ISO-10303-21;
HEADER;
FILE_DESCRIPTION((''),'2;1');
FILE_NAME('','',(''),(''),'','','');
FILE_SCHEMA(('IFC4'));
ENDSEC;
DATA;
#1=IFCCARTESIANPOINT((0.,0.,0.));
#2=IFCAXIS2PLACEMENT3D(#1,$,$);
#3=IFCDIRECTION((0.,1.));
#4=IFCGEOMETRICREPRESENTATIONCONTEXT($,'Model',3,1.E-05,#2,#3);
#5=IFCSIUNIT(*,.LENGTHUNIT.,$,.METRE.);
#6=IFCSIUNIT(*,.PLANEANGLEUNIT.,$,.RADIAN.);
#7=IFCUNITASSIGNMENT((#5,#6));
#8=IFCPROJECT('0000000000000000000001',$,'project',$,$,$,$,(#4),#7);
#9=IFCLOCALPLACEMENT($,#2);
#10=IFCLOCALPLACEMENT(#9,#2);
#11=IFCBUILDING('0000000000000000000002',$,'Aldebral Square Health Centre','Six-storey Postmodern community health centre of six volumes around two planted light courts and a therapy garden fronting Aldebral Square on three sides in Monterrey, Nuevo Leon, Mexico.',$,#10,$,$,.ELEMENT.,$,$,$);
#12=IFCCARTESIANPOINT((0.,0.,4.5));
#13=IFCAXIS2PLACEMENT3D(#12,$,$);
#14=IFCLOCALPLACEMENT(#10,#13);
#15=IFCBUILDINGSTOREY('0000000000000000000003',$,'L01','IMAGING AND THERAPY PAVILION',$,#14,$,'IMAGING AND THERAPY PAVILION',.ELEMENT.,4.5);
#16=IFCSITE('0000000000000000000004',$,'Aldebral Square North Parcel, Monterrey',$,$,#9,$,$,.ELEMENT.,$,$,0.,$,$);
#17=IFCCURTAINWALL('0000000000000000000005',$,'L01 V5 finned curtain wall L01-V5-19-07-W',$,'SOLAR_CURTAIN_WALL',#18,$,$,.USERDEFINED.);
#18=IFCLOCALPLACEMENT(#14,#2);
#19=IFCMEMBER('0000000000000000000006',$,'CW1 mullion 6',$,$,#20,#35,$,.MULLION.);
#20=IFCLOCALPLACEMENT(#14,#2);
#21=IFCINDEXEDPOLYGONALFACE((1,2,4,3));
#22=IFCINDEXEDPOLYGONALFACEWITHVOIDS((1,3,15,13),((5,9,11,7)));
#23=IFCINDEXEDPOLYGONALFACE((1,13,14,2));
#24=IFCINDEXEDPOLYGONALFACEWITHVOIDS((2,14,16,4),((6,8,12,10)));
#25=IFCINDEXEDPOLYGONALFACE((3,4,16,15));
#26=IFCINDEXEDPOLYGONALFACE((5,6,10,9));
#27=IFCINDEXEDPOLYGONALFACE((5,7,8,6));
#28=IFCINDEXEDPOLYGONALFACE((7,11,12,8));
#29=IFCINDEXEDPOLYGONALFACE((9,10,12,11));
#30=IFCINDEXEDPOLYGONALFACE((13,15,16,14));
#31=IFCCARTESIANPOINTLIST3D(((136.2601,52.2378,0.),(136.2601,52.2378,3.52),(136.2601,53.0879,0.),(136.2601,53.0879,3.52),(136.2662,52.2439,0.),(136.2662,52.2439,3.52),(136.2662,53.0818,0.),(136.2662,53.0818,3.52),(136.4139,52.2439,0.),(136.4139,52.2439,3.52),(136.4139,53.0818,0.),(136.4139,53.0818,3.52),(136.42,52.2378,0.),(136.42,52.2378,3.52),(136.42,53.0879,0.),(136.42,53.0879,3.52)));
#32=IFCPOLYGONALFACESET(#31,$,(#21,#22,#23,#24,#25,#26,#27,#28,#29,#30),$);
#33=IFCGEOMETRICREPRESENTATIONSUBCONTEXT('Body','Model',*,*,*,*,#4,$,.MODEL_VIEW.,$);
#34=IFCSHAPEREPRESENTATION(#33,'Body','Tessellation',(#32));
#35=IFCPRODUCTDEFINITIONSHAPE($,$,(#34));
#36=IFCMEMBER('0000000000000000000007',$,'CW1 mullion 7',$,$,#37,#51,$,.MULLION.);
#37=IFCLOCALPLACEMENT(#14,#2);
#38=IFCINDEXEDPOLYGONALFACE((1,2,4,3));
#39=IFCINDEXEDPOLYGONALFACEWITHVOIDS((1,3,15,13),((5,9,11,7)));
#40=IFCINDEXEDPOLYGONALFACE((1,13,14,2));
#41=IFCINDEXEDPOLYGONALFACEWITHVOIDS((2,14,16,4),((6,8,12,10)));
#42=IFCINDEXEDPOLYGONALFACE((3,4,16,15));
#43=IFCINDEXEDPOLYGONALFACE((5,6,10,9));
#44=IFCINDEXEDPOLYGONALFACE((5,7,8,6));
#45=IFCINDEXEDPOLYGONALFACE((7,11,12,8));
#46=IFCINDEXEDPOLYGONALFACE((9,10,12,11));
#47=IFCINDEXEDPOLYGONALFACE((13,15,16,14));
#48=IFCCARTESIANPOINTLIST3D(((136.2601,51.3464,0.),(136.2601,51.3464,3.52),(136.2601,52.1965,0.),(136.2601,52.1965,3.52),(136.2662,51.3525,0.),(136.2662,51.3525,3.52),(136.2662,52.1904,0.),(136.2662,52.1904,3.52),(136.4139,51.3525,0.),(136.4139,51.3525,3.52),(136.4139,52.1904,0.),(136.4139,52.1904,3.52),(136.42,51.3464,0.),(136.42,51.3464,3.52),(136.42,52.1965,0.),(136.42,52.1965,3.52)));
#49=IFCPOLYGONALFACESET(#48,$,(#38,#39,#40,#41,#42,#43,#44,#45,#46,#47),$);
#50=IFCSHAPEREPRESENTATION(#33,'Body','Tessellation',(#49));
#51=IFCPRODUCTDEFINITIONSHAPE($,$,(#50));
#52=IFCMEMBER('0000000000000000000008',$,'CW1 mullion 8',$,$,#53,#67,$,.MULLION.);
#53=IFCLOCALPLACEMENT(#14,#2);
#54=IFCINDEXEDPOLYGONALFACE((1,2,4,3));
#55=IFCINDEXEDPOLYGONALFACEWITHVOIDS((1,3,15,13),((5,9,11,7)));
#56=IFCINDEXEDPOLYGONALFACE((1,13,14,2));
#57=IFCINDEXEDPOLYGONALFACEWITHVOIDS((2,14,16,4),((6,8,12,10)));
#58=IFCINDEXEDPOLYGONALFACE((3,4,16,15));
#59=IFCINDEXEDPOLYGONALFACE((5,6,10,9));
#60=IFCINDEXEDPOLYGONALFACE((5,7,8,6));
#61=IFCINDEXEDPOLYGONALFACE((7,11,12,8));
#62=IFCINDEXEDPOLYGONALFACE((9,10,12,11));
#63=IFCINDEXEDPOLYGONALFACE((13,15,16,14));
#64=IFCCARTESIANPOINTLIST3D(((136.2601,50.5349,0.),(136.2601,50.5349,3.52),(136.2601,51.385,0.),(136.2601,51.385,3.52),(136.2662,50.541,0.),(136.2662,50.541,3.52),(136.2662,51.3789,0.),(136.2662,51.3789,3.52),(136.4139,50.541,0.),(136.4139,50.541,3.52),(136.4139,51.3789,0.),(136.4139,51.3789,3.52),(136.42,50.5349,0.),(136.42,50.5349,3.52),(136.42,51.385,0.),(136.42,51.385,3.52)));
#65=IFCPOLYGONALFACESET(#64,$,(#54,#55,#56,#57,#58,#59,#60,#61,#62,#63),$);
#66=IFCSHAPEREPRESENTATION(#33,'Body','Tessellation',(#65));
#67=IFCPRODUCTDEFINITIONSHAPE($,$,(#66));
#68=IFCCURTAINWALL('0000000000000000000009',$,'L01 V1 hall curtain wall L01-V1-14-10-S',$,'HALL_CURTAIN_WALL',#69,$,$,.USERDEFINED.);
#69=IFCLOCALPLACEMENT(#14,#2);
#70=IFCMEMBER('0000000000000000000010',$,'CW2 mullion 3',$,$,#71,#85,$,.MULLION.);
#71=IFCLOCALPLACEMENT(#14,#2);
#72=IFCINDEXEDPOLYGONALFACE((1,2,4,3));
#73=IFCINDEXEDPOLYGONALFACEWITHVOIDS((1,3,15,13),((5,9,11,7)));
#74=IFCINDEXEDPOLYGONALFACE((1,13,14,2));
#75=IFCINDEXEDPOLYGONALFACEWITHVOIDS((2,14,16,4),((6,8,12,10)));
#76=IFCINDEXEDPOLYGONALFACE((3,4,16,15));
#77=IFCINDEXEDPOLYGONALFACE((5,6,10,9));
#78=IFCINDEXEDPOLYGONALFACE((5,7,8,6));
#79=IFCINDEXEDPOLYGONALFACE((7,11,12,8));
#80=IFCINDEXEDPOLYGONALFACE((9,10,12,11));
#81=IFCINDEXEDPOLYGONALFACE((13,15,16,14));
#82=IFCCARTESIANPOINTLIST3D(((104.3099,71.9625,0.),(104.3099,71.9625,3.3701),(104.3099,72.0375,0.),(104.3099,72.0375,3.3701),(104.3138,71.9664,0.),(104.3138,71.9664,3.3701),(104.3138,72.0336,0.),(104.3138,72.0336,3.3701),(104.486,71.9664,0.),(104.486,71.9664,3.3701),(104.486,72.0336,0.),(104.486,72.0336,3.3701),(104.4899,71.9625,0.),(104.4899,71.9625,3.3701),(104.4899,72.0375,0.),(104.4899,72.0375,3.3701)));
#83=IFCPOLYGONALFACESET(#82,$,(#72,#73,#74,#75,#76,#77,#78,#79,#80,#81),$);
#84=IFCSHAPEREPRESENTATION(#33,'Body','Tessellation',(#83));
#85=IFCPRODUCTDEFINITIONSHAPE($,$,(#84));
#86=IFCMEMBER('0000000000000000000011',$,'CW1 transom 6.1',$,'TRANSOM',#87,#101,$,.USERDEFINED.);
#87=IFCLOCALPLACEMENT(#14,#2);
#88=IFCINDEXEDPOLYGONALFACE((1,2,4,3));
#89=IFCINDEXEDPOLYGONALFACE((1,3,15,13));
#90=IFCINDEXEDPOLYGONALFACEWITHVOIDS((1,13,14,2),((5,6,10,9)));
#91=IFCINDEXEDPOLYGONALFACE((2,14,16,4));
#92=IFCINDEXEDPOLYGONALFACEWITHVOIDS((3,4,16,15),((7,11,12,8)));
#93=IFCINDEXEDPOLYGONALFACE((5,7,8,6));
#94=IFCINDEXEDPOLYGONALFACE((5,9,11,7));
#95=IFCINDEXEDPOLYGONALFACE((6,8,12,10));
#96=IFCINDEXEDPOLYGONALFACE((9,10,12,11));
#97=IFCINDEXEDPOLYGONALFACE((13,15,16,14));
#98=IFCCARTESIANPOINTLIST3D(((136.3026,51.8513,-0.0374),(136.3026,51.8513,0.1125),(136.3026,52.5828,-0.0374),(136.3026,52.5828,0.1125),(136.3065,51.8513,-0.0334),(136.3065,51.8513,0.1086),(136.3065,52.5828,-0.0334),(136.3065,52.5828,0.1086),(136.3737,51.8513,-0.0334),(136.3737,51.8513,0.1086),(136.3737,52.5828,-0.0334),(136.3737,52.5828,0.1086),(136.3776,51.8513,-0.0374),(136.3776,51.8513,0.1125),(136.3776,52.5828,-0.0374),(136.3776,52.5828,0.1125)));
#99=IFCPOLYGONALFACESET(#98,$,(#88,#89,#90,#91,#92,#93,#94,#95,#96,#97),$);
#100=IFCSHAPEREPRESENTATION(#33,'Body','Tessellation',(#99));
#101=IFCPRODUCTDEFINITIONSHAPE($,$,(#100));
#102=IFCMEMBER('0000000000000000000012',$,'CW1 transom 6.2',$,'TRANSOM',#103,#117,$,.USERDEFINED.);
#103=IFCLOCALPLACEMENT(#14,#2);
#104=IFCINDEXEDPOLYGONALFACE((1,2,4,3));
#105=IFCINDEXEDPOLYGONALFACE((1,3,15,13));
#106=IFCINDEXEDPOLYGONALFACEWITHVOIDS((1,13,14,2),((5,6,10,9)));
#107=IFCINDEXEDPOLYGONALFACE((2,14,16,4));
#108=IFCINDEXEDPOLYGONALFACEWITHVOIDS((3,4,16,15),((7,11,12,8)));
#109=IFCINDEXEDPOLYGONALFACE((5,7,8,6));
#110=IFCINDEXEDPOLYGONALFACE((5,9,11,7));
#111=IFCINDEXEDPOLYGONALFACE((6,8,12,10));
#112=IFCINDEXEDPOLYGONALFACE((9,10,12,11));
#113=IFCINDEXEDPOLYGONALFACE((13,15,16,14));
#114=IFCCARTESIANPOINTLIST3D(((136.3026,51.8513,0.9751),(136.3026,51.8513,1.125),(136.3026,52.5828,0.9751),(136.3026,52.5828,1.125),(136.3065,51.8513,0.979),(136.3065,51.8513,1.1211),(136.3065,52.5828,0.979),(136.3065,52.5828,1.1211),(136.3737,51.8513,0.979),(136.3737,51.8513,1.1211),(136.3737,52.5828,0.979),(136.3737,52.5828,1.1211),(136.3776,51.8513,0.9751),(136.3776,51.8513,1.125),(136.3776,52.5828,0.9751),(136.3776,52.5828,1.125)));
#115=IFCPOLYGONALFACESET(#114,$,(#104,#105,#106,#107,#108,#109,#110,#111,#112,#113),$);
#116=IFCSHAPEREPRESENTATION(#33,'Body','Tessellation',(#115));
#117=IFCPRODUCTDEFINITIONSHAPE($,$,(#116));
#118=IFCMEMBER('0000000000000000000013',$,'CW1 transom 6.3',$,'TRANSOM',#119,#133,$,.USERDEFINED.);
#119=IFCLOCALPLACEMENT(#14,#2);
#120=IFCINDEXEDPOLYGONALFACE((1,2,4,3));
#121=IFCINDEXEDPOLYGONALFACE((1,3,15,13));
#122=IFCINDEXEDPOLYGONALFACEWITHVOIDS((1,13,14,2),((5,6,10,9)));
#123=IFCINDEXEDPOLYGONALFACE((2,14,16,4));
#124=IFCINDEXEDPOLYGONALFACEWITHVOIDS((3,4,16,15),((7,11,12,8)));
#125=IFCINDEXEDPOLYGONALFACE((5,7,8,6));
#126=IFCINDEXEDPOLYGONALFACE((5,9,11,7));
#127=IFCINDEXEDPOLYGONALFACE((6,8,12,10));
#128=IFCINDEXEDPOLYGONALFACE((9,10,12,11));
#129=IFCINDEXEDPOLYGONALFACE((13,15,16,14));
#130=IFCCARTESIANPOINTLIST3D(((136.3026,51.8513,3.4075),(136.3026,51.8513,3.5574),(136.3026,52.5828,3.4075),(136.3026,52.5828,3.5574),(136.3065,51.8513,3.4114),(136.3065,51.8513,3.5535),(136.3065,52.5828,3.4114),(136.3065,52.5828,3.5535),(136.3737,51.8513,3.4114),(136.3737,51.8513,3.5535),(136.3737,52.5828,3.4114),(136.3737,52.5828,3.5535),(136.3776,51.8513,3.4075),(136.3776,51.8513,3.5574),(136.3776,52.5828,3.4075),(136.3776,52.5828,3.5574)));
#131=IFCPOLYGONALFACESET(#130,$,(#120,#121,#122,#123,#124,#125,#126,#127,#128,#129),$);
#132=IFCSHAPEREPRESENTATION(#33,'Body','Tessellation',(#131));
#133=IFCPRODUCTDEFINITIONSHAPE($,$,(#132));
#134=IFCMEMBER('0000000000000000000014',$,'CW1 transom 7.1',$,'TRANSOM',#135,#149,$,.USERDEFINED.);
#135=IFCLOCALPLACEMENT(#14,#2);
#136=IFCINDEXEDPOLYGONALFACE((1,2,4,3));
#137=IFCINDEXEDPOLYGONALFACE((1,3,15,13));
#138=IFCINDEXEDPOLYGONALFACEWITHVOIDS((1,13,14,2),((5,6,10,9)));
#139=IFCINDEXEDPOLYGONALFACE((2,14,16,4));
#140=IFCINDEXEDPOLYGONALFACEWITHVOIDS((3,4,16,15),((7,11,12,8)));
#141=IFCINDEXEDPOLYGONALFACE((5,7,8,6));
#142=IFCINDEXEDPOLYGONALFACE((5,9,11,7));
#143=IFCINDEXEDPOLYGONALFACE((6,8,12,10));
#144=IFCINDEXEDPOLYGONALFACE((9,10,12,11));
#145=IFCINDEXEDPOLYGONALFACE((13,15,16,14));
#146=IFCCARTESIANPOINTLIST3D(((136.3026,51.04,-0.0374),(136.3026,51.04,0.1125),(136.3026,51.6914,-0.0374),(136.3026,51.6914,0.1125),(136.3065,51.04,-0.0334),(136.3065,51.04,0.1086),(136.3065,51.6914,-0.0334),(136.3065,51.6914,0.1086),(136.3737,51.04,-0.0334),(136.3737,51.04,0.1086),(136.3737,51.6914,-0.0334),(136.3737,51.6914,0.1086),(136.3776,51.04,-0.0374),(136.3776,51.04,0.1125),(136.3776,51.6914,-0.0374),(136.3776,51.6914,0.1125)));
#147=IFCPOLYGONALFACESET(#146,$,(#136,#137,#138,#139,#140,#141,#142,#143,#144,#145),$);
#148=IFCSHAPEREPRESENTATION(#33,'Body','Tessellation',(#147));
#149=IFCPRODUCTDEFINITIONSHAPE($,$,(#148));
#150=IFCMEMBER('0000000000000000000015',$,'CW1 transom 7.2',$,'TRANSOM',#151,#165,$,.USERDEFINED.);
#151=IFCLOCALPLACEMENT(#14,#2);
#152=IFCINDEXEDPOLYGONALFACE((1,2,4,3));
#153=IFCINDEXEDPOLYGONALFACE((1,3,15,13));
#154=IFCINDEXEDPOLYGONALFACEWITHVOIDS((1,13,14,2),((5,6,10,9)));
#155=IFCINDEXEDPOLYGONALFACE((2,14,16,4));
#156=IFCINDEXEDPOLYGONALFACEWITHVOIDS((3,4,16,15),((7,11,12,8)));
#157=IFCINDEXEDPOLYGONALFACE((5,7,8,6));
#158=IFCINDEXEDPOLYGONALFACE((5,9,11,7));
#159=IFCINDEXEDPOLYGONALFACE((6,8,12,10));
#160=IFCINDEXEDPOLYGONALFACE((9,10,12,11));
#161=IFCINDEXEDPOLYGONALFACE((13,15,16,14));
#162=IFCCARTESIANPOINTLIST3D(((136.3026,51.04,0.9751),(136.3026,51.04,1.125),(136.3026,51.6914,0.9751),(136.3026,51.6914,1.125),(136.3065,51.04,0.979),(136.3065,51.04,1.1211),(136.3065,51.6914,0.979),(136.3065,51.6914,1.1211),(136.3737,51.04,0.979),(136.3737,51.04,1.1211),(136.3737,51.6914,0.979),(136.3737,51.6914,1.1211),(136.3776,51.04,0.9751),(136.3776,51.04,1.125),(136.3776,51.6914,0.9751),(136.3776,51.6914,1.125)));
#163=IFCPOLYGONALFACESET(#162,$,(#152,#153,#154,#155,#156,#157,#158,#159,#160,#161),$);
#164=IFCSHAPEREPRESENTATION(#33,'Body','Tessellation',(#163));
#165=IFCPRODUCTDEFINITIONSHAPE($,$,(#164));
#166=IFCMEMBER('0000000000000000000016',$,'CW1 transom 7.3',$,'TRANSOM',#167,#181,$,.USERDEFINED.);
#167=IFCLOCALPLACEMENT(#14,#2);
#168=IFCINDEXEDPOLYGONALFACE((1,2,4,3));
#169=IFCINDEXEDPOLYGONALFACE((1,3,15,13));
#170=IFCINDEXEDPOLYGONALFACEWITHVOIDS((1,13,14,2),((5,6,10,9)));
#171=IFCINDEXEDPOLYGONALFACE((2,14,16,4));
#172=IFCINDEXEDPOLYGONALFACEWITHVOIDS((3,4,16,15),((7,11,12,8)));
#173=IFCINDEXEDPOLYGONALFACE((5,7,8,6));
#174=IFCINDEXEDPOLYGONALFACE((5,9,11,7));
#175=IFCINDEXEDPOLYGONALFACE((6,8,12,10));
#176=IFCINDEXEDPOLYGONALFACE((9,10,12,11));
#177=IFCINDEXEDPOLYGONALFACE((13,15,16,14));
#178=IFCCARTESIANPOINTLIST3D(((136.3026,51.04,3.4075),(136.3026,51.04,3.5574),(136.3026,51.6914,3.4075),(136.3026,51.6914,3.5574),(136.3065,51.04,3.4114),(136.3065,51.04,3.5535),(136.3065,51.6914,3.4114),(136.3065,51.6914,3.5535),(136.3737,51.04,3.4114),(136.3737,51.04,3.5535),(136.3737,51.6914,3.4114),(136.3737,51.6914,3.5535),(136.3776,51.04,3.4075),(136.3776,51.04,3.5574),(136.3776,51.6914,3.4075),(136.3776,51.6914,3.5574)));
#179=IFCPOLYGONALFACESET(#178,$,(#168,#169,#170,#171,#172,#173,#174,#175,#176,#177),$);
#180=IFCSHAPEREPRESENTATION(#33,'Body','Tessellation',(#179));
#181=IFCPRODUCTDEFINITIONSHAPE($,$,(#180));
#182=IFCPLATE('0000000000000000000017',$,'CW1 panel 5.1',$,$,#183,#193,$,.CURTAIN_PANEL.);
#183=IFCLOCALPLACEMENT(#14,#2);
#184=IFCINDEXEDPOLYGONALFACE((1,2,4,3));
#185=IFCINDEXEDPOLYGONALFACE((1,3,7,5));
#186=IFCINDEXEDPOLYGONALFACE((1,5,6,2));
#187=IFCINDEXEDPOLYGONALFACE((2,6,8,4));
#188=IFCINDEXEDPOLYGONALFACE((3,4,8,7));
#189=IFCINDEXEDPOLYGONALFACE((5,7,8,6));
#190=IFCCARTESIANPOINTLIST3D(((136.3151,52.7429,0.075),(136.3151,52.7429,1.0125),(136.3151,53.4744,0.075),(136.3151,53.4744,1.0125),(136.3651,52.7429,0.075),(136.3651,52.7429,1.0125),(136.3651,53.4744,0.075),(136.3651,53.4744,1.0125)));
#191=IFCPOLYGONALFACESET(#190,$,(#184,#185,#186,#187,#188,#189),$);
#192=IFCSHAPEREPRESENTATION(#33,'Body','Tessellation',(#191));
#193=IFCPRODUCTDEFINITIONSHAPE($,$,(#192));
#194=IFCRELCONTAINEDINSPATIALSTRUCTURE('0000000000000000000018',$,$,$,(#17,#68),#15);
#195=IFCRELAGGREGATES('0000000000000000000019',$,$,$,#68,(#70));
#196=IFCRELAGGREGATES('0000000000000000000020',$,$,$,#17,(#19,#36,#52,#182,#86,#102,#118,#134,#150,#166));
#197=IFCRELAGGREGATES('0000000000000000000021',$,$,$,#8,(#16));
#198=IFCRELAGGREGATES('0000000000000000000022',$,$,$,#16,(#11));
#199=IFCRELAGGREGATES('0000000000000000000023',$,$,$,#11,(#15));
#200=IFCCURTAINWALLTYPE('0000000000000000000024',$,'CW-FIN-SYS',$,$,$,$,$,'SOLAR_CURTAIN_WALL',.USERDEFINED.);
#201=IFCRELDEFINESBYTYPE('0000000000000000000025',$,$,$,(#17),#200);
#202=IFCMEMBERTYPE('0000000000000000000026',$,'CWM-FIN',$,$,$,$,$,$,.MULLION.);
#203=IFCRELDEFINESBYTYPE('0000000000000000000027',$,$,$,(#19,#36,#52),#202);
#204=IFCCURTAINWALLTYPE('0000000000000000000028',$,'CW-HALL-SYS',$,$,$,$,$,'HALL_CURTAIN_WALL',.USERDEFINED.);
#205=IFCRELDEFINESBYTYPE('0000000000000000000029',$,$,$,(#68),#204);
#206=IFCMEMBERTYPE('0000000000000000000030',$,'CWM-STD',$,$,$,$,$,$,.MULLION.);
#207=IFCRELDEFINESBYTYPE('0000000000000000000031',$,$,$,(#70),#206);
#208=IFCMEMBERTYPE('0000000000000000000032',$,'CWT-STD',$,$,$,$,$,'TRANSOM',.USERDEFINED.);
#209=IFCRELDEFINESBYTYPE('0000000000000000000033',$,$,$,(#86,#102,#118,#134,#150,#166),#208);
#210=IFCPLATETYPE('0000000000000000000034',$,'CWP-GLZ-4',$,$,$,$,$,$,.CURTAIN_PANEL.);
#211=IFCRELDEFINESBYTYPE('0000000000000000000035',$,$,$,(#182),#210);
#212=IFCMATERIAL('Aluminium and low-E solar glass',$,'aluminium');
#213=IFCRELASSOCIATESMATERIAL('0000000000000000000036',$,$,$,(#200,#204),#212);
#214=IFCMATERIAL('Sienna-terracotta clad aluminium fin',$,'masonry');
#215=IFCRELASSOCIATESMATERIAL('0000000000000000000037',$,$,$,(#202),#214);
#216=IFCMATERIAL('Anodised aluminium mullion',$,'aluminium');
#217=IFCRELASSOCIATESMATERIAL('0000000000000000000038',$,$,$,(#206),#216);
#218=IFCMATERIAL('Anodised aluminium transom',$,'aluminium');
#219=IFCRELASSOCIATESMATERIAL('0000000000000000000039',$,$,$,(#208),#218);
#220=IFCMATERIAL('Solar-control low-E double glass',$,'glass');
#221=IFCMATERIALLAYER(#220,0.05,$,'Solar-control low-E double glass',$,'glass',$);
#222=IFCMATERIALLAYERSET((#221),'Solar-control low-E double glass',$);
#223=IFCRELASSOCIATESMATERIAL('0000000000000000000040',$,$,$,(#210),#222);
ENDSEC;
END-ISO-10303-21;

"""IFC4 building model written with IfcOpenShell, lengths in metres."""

from ifc_helpers import new_model, si_unit, direction, frame, origin, origin_2d, place, context, subcontext, project, spatial, rectangle, hollow_rectangle, extrude, material, layer, layer_set, material_profile, profile_set, type_object, element, aggregate, save


model = new_model("IFC4")

# Units and contexts
model_context = context("Model", 3, precision=1e-05, world=origin(), true_north=direction((0.0, 1.0)))
body_context = subcontext(model_context, "Body", "Model", "MODEL_VIEW")
ifc_project = project(units=[si_unit("LENGTHUNIT", "METRE"), si_unit("PLANEANGLEUNIT", "RADIAN")], contexts=[model_context])

# Site, building, storey
site_placement = place(None, origin())
site = spatial("IfcSite", under=ifc_project, at=site_placement, Name="Aldebral Square North Parcel, Monterrey", CompositionType="ELEMENT", RefElevation=0.0)
building_placement = place(site_placement, origin())
building = spatial("IfcBuilding", under=site, at=building_placement, Name="Aldebral Square Health Centre", Description="Six-storey Postmodern community health centre of six volumes around two planted light courts and a therapy garden fronting Aldebral Square on three sides in Monterrey, Nuevo Leon, Mexico.", CompositionType="ELEMENT")
storey_placement = place(building_placement, frame((0.0, 0.0, 4.5)))
storey = spatial("IfcBuildingStorey", under=building, at=storey_placement, Name="L01", Description="IMAGING AND THERAPY PAVILION", LongName="IMAGING AND THERAPY PAVILION", CompositionType="ELEMENT", Elevation=4.5)

# Curtain wall, members
ifc_material_1 = material(Name="Aluminium and low-E solar glass", Category="aluminium")
curtain_wall_type_1 = type_object("IfcCurtainWallType", Name="CW-FIN-SYS", ElementType="SOLAR_CURTAIN_WALL", PredefinedType="USERDEFINED", material=ifc_material_1)
curtain_wall_1_placement = place(storey_placement, origin())
curtain_wall_1 = element("IfcCurtainWall", 1, at=curtain_wall_1_placement, inside=storey, type_object=curtain_wall_type_1, Name="L01 V5 finned curtain wall L01-V5-19-07-W", ObjectType="SOLAR_CURTAIN_WALL", PredefinedType="USERDEFINED")
ifc_material_2 = material(Name="Sienna-terracotta clad aluminium fin", Category="masonry")
ifc_material_profile_1 = material_profile(ifc_material_2, hollow_rectangle(XDim=0.1599, YDim=0.8501, WallThickness=0.0061, at=origin_2d()), Name="FIN 160x850x6")
ifc_profile_set_1 = profile_set([ifc_material_profile_1], Name="Sienna-terracotta clad aluminium fin")
member_type_1 = type_object("IfcMemberType", Name="CWM-FIN", PredefinedType="MULLION", material=ifc_profile_set_1)
member_1_placement = place(storey_placement, frame((136.3401, 52.6628, 0.0), z_axis=(0.0, 0.0, 1.0), x_axis=(1.0, 0.0, 0.0)))
member_1 = element("IfcMember", 2, at=member_1_placement, type_object=member_type_1, Name="CW1 mullion 6", PredefinedType="MULLION", context=body_context, shape_type="SweptSolid", body=[
    extrude(hollow_rectangle(XDim=0.1599, YDim=0.8501, WallThickness=0.0061, at=origin_2d()), origin(), (0.0, 0.0, 1.0), 3.52),
])
member_2_placement = place(storey_placement, frame((136.3401, 51.7715, 0.0), z_axis=(0.0, 0.0, 1.0), x_axis=(1.0, 0.0, 0.0)))
member_2 = element("IfcMember", 3, at=member_2_placement, type_object=member_type_1, Name="CW1 mullion 7", PredefinedType="MULLION", context=body_context, shape_type="SweptSolid", body=[
    extrude(hollow_rectangle(XDim=0.1599, YDim=0.8501, WallThickness=0.0061, at=origin_2d()), origin(), (0.0, 0.0, 1.0), 3.52),
])
member_3_placement = place(storey_placement, frame((136.3401, 50.96, 0.0), z_axis=(0.0, 0.0, 1.0), x_axis=(1.0, 0.0, 0.0)))
member_3 = element("IfcMember", 4, at=member_3_placement, type_object=member_type_1, Name="CW1 mullion 8", PredefinedType="MULLION", context=body_context, shape_type="SweptSolid", body=[
    extrude(hollow_rectangle(XDim=0.1599, YDim=0.8501, WallThickness=0.0061, at=origin_2d()), origin(), (0.0, 0.0, 1.0), 3.52),
])

# Curtain wall, member
curtain_wall_type_2 = type_object("IfcCurtainWallType", Name="CW-HALL-SYS", ElementType="HALL_CURTAIN_WALL", PredefinedType="USERDEFINED", material=ifc_material_1)
curtain_wall_2_placement = place(storey_placement, origin())
curtain_wall_2 = element("IfcCurtainWall", 5, at=curtain_wall_2_placement, inside=storey, type_object=curtain_wall_type_2, Name="L01 V1 hall curtain wall L01-V1-14-10-S", ObjectType="HALL_CURTAIN_WALL", PredefinedType="USERDEFINED")
ifc_material_3 = material(Name="Anodised aluminium mullion", Category="aluminium")
ifc_material_profile_2 = material_profile(ifc_material_3, hollow_rectangle(XDim=0.075, YDim=0.1799, WallThickness=0.0039, at=origin_2d()), Name="CWM 75x180x4")
ifc_profile_set_2 = profile_set([ifc_material_profile_2], Name="Anodised aluminium mullion")
member_type_2 = type_object("IfcMemberType", Name="CWM-STD", PredefinedType="MULLION", material=ifc_profile_set_2)
member_4_placement = place(storey_placement, frame((104.3999, 72.0, 0.0), z_axis=(0.0, 0.0, 1.0), x_axis=(0.0, 1.0, 0.0)))
member_4 = element("IfcMember", 6, at=member_4_placement, type_object=member_type_2, Name="CW2 mullion 3", PredefinedType="MULLION", context=body_context, shape_type="SweptSolid", body=[
    extrude(hollow_rectangle(XDim=0.075, YDim=0.1799, WallThickness=0.0039, at=origin_2d()), origin(), (0.0, 0.0, 1.0), 3.3701),
])
aggregate(curtain_wall_2, [member_4])

# Members
ifc_material_4 = material(Name="Anodised aluminium transom", Category="aluminium")
ifc_material_profile_3 = material_profile(ifc_material_4, hollow_rectangle(XDim=0.075, YDim=0.1499, WallThickness=0.0039, at=origin_2d()), Name="CWT 75x150x4")
ifc_profile_set_3 = profile_set([ifc_material_profile_3], Name="Anodised aluminium transom")
member_type_3 = type_object("IfcMemberType", Name="CWT-STD", ElementType="TRANSOM", PredefinedType="USERDEFINED", material=ifc_profile_set_3)
member_5_placement = place(storey_placement, frame((136.3401, 52.5828, 0.0376), z_axis=(0.0, -1.0, 0.0), x_axis=(1.0, 0.0, 0.0)))
member_5 = element("IfcMember", 7, at=member_5_placement, type_object=member_type_3, Name="CW1 transom 6.1", ObjectType="TRANSOM", PredefinedType="USERDEFINED", context=body_context, shape_type="SweptSolid", body=[
    extrude(hollow_rectangle(XDim=0.075, YDim=0.1499, WallThickness=0.0039, at=origin_2d()), origin(), (0.0, 0.0, 1.0), 0.7314),
])
member_6_placement = place(storey_placement, frame((136.3401, 52.5828, 1.05), z_axis=(0.0, -1.0, 0.0), x_axis=(1.0, 0.0, 0.0)))
member_6 = element("IfcMember", 8, at=member_6_placement, type_object=member_type_3, Name="CW1 transom 6.2", ObjectType="TRANSOM", PredefinedType="USERDEFINED", context=body_context, shape_type="SweptSolid", body=[
    extrude(hollow_rectangle(XDim=0.075, YDim=0.1499, WallThickness=0.0039, at=origin_2d()), origin(), (0.0, 0.0, 1.0), 0.7314),
])
member_7_placement = place(storey_placement, frame((136.3401, 52.5828, 3.4824), z_axis=(0.0, -1.0, 0.0), x_axis=(1.0, 0.0, 0.0)))
member_7 = element("IfcMember", 9, at=member_7_placement, type_object=member_type_3, Name="CW1 transom 6.3", ObjectType="TRANSOM", PredefinedType="USERDEFINED", context=body_context, shape_type="SweptSolid", body=[
    extrude(hollow_rectangle(XDim=0.075, YDim=0.1499, WallThickness=0.0039, at=origin_2d()), origin(), (0.0, 0.0, 1.0), 0.7314),
])
member_8_placement = place(storey_placement, frame((136.3401, 51.6914, 0.0376), z_axis=(0.0, -1.0, 0.0), x_axis=(1.0, 0.0, 0.0)))
member_8 = element("IfcMember", 10, at=member_8_placement, type_object=member_type_3, Name="CW1 transom 7.1", ObjectType="TRANSOM", PredefinedType="USERDEFINED", context=body_context, shape_type="SweptSolid", body=[
    extrude(hollow_rectangle(XDim=0.075, YDim=0.1499, WallThickness=0.0039, at=origin_2d()), origin(), (0.0, 0.0, 1.0), 0.6514),
])
member_9_placement = place(storey_placement, frame((136.3401, 51.6914, 1.05), z_axis=(0.0, -1.0, 0.0), x_axis=(1.0, 0.0, 0.0)))
member_9 = element("IfcMember", 11, at=member_9_placement, type_object=member_type_3, Name="CW1 transom 7.2", ObjectType="TRANSOM", PredefinedType="USERDEFINED", context=body_context, shape_type="SweptSolid", body=[
    extrude(hollow_rectangle(XDim=0.075, YDim=0.1499, WallThickness=0.0039, at=origin_2d()), origin(), (0.0, 0.0, 1.0), 0.6514),
])
member_10_placement = place(storey_placement, frame((136.3401, 51.6914, 3.4824), z_axis=(0.0, -1.0, 0.0), x_axis=(1.0, 0.0, 0.0)))
member_10 = element("IfcMember", 12, at=member_10_placement, type_object=member_type_3, Name="CW1 transom 7.3", ObjectType="TRANSOM", PredefinedType="USERDEFINED", context=body_context, shape_type="SweptSolid", body=[
    extrude(hollow_rectangle(XDim=0.075, YDim=0.1499, WallThickness=0.0039, at=origin_2d()), origin(), (0.0, 0.0, 1.0), 0.6514),
])

# Plate
ifc_material_5 = material(Name="Solar-control low-E double glass", Category="glass")
ifc_layer_1 = layer(ifc_material_5, 0.05, Name="Solar-control low-E double glass", Category="glass")
ifc_layer_set_1 = layer_set([ifc_layer_1], Name="Solar-control low-E double glass")
plate_type = type_object("IfcPlateType", Name="CWP-GLZ-4", PredefinedType="CURTAIN_PANEL", material=ifc_layer_set_1)
plate_1_placement = place(storey_placement, frame((136.3401, 53.1086, 0.075), z_axis=(0.0, 0.0, 1.0), x_axis=(0.0, -1.0, 0.0)))
plate_1 = element("IfcPlate", 13, at=plate_1_placement, type_object=plate_type, Name="CW1 panel 5.1", PredefinedType="CURTAIN_PANEL", context=body_context, shape_type="SweptSolid", body=[
    extrude(rectangle(XDim=0.7314, YDim=0.05, at=origin_2d()), origin(), (0.0, 0.0, 1.0), 0.9375),
])
aggregate(curtain_wall_1, [member_1, member_2, member_3, plate_1, member_5, member_6, member_7, member_8, member_9, member_10])

save(model, "model.ifc")
